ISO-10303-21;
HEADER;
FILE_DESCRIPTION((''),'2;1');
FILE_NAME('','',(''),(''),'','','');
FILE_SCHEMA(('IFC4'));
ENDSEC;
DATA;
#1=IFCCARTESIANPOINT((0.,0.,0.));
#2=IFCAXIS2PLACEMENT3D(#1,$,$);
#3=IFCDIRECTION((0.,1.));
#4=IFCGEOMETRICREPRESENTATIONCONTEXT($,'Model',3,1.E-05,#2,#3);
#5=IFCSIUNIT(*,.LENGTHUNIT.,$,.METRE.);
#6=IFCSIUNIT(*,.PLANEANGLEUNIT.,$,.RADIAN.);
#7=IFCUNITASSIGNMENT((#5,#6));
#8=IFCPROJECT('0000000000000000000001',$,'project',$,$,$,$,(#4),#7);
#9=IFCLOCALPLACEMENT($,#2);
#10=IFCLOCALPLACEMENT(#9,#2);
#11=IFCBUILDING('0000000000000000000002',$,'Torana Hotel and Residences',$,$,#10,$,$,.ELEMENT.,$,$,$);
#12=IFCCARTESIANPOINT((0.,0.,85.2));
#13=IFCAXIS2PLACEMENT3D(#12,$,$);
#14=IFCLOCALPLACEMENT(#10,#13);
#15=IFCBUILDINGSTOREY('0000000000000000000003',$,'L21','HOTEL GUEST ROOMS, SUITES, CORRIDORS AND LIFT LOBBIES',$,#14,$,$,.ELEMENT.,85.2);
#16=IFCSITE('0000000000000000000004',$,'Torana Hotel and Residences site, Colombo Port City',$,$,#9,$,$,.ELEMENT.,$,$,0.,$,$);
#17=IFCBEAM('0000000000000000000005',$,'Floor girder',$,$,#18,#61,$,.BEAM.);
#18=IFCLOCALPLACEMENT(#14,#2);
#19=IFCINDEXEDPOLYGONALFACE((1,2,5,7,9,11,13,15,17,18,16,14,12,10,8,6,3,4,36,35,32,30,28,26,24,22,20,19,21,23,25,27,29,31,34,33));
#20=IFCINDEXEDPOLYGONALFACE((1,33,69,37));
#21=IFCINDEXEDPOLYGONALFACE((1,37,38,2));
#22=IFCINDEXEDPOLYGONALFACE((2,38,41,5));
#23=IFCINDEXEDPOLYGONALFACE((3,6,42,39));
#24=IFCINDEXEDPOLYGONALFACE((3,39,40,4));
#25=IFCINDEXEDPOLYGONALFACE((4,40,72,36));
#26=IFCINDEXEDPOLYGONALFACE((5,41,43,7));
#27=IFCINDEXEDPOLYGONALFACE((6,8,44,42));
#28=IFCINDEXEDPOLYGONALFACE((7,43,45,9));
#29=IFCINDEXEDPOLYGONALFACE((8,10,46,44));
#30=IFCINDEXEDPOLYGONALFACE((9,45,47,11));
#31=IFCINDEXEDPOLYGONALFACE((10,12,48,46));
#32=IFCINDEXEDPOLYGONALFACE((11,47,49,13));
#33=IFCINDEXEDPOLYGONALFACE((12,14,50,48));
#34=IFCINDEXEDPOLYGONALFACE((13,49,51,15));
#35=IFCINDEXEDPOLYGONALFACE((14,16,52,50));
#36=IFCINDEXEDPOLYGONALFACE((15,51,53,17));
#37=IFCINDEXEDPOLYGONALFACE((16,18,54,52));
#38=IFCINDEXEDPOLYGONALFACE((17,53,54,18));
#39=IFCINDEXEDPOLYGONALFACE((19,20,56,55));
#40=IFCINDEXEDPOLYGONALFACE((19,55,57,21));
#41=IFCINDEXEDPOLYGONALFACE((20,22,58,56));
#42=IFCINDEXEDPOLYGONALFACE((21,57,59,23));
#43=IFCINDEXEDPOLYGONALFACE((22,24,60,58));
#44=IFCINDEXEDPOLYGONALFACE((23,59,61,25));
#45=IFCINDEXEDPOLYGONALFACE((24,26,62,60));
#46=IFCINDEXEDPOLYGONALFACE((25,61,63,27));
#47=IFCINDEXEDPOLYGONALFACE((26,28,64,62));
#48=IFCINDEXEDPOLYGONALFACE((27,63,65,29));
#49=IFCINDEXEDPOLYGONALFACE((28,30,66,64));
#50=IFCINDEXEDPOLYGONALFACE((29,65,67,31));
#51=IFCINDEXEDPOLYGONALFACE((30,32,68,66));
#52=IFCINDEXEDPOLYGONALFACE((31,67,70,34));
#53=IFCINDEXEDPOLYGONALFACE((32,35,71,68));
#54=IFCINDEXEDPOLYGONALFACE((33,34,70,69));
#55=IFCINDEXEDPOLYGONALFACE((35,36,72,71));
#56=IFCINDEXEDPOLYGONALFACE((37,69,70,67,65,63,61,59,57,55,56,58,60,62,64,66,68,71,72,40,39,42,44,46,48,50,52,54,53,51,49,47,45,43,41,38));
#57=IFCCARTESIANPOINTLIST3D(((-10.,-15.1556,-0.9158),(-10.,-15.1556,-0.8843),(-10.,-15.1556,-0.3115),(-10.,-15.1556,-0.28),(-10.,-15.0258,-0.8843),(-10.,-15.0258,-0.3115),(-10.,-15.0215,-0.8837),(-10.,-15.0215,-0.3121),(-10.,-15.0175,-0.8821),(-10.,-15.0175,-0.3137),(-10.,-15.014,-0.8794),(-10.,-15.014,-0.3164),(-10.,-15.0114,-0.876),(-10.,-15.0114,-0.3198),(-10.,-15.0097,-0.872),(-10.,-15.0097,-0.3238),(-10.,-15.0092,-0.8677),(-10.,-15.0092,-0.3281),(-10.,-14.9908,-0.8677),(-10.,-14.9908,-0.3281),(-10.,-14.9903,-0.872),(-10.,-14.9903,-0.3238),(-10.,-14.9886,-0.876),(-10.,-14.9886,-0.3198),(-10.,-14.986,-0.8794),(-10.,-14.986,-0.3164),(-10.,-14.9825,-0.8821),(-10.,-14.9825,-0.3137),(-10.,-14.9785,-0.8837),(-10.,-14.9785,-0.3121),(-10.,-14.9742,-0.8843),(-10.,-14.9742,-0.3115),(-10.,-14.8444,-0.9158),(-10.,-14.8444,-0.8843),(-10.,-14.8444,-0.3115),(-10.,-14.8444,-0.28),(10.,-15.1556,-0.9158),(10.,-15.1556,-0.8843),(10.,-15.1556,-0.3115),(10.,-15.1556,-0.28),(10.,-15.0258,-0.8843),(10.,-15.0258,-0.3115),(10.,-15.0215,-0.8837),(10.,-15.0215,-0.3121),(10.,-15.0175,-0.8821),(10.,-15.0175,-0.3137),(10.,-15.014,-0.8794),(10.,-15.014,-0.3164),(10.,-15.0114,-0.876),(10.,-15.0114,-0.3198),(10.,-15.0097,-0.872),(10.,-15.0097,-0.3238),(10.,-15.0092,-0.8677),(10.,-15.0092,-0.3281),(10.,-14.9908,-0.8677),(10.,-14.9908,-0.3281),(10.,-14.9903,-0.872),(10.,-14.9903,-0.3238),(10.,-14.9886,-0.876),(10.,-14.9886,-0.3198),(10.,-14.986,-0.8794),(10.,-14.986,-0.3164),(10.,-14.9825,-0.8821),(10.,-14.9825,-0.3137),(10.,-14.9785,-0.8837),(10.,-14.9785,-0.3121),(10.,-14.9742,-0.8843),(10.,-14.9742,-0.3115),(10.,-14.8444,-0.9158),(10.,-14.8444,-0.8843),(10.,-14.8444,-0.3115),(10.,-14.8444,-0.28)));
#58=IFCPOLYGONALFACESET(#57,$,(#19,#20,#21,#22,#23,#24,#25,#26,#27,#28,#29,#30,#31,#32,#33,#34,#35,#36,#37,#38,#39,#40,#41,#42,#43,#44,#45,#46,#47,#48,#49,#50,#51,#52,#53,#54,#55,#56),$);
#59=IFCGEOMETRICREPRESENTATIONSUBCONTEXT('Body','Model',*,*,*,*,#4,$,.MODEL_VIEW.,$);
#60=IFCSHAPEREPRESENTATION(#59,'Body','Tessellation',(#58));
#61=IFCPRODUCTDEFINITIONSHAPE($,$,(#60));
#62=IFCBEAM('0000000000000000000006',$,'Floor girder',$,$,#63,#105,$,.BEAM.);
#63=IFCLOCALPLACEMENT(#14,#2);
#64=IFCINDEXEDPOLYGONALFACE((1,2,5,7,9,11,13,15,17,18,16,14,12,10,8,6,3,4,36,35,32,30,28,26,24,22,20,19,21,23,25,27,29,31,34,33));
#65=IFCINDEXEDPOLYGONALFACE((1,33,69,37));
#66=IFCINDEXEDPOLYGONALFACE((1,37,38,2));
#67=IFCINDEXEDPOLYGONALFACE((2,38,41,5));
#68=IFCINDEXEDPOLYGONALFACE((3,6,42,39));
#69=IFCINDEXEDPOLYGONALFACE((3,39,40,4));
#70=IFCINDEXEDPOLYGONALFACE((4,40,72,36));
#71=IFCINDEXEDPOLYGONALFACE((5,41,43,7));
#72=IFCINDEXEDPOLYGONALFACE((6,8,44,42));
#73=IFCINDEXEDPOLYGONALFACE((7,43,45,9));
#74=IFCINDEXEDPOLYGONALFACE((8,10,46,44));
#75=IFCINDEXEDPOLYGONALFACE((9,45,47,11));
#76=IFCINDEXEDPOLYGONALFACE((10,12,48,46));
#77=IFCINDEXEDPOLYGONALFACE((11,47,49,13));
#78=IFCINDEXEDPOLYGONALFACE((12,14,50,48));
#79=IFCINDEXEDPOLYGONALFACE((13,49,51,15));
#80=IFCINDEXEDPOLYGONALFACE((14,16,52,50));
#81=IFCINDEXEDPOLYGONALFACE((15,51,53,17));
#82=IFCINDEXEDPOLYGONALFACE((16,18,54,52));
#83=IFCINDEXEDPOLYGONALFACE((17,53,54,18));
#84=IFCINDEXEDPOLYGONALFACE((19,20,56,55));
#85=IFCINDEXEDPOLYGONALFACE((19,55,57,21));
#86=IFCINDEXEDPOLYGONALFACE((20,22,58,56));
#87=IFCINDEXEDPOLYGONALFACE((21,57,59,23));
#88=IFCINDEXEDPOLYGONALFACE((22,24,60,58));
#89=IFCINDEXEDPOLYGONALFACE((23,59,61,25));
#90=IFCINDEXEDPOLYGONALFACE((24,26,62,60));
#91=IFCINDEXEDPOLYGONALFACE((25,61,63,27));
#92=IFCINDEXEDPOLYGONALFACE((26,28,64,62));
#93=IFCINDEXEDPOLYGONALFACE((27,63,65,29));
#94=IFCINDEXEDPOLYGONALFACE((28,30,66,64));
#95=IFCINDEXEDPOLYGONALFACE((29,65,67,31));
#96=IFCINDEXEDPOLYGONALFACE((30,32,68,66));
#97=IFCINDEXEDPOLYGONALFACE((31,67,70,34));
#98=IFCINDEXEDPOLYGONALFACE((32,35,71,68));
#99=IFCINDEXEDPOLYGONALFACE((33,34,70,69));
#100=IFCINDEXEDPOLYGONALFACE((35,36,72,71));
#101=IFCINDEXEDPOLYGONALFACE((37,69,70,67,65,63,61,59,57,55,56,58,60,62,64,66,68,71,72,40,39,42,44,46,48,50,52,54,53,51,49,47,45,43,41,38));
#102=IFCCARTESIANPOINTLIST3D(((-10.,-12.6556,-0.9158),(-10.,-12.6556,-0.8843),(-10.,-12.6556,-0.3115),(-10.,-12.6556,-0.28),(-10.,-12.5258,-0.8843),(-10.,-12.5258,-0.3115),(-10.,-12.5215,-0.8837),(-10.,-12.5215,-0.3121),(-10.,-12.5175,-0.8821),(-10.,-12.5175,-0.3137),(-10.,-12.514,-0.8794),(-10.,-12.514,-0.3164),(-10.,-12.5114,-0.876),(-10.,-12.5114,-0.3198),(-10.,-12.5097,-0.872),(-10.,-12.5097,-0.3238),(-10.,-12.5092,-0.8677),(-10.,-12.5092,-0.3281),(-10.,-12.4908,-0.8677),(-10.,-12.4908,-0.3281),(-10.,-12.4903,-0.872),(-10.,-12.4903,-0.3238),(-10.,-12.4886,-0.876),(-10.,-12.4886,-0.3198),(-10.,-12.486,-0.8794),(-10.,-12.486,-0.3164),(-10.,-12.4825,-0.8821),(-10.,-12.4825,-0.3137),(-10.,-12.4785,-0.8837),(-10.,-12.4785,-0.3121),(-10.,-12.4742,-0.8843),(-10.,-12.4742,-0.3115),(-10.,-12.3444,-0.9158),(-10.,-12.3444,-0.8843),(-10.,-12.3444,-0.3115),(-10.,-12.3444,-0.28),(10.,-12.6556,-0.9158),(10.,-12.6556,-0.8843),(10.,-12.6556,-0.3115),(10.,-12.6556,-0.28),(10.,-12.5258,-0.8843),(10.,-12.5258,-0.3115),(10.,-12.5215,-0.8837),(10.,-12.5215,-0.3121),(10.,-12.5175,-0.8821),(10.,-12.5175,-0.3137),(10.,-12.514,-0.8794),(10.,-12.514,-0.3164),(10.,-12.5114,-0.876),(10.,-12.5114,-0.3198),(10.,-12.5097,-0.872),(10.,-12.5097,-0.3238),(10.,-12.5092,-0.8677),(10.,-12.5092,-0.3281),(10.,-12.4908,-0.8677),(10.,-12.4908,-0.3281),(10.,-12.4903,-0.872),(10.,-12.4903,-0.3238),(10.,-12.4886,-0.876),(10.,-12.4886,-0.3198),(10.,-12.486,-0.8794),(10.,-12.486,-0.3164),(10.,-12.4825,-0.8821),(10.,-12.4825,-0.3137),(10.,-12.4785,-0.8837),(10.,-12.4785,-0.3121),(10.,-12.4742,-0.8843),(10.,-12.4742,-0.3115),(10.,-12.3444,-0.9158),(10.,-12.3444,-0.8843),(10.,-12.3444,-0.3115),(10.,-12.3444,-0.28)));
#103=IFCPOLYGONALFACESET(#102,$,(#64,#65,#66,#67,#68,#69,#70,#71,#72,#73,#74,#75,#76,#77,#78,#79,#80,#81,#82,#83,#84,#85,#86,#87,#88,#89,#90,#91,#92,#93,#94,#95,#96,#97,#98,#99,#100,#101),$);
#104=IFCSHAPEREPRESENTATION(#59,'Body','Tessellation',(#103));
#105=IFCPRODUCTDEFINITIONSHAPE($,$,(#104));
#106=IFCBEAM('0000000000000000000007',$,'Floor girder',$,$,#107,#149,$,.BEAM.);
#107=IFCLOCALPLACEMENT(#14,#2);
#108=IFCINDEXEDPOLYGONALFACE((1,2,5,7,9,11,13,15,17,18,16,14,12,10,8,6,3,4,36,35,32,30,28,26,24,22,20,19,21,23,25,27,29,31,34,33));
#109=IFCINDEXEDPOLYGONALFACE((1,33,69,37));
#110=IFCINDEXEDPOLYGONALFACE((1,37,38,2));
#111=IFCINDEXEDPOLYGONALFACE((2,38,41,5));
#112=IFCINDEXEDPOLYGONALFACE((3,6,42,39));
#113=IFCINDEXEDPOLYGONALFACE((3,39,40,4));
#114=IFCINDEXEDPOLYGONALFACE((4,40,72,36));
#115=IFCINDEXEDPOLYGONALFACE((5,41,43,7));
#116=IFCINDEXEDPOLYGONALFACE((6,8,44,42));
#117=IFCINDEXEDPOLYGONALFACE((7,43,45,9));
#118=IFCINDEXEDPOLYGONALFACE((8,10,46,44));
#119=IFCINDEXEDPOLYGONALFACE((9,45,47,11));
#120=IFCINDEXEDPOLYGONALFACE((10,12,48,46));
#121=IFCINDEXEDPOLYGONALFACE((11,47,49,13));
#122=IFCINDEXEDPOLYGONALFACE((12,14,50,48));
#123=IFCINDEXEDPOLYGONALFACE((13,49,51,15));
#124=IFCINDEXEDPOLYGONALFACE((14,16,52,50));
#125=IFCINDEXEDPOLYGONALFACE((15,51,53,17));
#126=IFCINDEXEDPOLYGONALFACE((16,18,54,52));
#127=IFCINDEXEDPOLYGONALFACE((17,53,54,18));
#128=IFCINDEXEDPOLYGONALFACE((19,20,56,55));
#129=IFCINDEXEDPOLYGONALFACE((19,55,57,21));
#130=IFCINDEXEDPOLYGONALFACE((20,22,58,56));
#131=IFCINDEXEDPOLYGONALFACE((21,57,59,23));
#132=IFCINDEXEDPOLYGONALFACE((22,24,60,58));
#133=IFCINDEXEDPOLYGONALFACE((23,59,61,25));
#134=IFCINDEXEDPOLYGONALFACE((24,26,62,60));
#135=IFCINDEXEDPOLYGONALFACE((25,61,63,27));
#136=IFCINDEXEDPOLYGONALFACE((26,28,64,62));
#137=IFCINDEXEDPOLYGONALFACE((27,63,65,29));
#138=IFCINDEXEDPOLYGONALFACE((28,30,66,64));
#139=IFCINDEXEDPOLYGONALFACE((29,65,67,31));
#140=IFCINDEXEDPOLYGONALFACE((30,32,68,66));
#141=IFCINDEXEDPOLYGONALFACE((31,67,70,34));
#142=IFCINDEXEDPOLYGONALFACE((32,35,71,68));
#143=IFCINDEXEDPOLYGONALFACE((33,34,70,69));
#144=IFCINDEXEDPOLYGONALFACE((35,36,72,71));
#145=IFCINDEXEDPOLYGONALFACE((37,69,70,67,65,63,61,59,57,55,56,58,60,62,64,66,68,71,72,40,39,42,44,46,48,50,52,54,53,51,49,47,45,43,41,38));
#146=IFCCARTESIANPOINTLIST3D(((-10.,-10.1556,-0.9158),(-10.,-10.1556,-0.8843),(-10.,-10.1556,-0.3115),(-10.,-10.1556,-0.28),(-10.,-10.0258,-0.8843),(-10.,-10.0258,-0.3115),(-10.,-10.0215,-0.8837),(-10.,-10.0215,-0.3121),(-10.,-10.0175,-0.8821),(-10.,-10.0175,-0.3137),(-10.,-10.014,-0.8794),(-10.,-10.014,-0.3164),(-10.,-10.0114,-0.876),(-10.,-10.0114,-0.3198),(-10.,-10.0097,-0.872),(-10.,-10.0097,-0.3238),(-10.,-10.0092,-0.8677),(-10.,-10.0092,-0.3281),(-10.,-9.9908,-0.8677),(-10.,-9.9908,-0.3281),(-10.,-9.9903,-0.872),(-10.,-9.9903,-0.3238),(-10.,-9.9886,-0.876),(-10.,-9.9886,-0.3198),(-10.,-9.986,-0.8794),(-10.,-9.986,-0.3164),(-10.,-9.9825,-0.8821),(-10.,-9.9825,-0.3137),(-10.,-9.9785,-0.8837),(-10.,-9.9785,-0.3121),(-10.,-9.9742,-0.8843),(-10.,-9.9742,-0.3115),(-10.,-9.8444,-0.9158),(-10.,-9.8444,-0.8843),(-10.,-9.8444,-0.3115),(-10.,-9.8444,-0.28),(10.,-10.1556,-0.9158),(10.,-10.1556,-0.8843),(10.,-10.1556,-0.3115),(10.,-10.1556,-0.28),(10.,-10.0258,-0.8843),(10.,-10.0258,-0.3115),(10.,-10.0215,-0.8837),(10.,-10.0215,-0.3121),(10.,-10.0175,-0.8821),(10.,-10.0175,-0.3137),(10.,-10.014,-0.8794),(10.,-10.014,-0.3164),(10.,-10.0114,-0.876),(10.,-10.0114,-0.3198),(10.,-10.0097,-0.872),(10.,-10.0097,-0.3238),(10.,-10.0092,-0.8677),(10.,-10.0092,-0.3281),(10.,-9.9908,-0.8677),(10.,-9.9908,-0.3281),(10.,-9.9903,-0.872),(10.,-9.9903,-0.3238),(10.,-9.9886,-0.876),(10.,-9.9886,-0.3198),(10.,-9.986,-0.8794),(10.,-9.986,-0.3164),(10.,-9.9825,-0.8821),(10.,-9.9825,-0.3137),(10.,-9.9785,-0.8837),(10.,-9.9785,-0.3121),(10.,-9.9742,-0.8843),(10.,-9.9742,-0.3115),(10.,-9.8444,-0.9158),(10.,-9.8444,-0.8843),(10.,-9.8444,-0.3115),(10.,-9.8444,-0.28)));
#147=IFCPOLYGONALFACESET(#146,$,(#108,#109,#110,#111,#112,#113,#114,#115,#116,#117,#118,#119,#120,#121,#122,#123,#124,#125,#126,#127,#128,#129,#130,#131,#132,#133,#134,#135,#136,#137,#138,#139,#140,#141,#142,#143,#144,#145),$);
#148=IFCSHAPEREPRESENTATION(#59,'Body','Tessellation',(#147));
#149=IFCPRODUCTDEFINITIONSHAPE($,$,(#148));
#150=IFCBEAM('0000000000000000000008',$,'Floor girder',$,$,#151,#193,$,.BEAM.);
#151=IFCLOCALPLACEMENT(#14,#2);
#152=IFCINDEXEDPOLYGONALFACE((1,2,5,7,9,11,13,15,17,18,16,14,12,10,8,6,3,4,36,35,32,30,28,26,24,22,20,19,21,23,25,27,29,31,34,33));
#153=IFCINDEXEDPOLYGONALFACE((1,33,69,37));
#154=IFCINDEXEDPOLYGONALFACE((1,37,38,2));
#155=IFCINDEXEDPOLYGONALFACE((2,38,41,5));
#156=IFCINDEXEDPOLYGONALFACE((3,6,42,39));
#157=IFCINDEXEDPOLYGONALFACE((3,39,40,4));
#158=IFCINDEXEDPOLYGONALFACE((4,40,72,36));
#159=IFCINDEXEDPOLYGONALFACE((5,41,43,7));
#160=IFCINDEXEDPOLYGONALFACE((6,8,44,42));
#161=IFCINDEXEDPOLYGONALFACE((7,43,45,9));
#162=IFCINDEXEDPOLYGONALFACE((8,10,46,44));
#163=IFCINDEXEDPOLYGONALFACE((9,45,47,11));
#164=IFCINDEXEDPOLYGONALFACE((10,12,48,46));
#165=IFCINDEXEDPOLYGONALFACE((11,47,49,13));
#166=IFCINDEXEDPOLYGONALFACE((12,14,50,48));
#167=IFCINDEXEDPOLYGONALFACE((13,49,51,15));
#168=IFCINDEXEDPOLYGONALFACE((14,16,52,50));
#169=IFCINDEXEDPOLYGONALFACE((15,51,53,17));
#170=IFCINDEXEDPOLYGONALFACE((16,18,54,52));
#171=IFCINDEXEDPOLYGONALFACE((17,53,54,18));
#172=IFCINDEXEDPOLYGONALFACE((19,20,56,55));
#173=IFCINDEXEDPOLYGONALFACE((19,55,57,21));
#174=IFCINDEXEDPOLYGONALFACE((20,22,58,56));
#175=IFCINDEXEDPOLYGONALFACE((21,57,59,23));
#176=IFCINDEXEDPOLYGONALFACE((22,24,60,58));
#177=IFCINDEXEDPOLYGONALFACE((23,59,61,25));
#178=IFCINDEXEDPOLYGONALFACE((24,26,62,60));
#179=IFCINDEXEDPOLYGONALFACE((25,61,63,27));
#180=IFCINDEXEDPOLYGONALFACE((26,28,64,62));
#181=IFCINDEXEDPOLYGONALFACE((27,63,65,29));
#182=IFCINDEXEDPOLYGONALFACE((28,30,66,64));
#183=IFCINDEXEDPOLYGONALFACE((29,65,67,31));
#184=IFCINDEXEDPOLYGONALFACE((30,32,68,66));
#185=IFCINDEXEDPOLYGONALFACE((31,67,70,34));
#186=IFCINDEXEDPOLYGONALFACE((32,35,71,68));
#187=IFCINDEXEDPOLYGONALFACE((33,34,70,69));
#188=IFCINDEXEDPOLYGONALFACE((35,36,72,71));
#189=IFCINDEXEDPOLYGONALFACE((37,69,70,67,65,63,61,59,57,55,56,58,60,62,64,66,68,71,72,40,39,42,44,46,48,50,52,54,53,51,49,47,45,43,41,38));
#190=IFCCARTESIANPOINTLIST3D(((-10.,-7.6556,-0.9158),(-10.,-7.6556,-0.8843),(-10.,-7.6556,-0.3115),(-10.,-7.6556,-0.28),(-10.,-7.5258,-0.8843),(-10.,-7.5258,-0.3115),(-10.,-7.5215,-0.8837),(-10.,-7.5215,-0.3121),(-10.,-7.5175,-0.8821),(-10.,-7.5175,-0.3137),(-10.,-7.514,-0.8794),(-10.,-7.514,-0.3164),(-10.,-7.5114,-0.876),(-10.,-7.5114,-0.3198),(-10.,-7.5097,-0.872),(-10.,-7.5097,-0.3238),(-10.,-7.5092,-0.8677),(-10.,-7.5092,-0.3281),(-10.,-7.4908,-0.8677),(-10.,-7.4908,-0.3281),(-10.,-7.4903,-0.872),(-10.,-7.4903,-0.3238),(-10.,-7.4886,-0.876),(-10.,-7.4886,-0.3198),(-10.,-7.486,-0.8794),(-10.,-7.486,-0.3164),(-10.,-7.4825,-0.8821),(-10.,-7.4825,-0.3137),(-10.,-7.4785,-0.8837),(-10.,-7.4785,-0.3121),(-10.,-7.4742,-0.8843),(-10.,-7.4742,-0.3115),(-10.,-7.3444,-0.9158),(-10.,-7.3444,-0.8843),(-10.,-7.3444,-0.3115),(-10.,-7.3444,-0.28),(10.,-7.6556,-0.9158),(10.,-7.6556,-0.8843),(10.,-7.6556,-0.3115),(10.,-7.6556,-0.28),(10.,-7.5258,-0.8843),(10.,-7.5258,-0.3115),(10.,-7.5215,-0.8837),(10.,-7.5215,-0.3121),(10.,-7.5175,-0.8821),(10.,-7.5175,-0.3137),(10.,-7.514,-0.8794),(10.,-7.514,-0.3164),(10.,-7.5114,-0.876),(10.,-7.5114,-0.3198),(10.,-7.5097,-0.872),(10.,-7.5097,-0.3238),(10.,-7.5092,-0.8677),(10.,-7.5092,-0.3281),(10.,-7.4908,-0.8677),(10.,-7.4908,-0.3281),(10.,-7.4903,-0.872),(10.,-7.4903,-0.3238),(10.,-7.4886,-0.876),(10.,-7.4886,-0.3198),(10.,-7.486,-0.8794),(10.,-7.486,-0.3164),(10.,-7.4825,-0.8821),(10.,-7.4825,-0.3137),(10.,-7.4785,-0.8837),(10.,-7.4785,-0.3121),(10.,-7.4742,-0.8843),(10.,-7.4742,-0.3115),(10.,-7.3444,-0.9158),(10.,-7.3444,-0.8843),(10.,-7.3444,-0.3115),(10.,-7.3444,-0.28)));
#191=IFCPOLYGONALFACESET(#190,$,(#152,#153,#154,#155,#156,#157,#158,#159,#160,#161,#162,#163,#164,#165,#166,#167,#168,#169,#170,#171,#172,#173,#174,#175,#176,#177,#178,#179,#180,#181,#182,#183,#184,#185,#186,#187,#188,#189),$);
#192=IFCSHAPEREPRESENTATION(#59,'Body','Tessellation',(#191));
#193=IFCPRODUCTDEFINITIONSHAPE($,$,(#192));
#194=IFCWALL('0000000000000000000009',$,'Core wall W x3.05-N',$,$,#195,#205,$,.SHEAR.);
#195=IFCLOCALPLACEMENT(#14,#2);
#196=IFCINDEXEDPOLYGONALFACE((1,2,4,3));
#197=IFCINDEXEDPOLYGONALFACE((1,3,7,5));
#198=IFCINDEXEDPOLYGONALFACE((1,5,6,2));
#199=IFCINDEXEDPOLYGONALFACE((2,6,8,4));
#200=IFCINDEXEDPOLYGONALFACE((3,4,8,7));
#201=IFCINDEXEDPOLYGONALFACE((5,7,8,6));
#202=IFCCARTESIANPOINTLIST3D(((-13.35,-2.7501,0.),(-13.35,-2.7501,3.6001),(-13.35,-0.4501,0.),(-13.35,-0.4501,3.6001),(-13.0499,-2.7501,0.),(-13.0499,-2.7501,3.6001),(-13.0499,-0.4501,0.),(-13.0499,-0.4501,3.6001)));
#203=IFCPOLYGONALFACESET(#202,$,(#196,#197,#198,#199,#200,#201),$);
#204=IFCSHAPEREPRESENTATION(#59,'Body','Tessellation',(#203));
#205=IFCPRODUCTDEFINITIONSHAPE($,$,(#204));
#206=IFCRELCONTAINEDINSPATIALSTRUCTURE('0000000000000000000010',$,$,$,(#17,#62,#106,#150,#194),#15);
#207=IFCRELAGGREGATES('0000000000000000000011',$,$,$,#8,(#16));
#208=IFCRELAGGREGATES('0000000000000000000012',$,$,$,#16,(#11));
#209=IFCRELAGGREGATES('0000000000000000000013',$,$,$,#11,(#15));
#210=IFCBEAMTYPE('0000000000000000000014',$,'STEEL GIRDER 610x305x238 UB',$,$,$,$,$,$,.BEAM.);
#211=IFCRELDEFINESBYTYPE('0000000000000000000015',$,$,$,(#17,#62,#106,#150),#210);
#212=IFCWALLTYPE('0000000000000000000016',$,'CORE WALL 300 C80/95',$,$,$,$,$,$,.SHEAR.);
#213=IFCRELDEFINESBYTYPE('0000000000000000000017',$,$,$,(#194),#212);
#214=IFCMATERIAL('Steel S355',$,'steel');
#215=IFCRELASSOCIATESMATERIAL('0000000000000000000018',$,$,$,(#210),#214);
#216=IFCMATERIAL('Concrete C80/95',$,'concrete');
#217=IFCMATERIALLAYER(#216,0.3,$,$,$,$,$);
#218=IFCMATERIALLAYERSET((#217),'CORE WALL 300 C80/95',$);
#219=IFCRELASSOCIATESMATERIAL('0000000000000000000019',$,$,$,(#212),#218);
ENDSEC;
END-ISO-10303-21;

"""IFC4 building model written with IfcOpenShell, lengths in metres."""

from ifc_helpers import new_model, si_unit, direction, frame, frame_2d, origin, origin_2d, place, context, subcontext, project, spatial, rectangle, i_section, extrude, material, layer, layer_set, material_profile, profile_set, type_object, element, save


model = new_model("IFC4")

# Units and contexts
model_context = context("Model", 3, precision=1e-05, world=origin(), true_north=direction((0.0, 1.0)))
body_context = subcontext(model_context, "Body", "Model", "MODEL_VIEW")
ifc_project = project(units=[si_unit("LENGTHUNIT", "METRE"), si_unit("PLANEANGLEUNIT", "RADIAN")], contexts=[model_context])

# Site, building, storey
site_placement = place(None, origin())
site = spatial("IfcSite", under=ifc_project, at=site_placement, Name="Torana Hotel and Residences site, Colombo Port City", CompositionType="ELEMENT", RefElevation=0.0)
building_placement = place(site_placement, origin())
building = spatial("IfcBuilding", under=site, at=building_placement, Name="Torana Hotel and Residences", CompositionType="ELEMENT")
storey_placement = place(building_placement, frame((0.0, 0.0, 85.2)))
storey = spatial("IfcBuildingStorey", under=building, at=storey_placement, Name="L21", Description="HOTEL GUEST ROOMS, SUITES, CORRIDORS AND LIFT LOBBIES", CompositionType="ELEMENT", Elevation=85.2)

# Beams
ifc_material_1 = material(Name="Steel S355", Category="steel")
ifc_material_profile = material_profile(ifc_material_1, i_section(OverallWidth=0.3113, OverallDepth=0.6357, WebThickness=0.0183, FlangeThickness=0.0315, FilletRadius=0.0166, at=origin_2d()), Name="610x305x238 UB")
ifc_profile_set = profile_set([ifc_material_profile], Name="Steel S355")
beam_type = type_object("IfcBeamType", Name="STEEL GIRDER 610x305x238 UB", PredefinedType="BEAM", material=ifc_profile_set)
for number, where, z_axis, x_axis, name in (
    (1, (-10.0, -15.0, -0.5979), (1.0, 0.0, 0.0), (0.0, 1.0, 0.0), "Floor girder"),
    (2, (-10.0, -12.5, -0.5979), (1.0, 0.0, 0.0), (0.0, 1.0, 0.0), "Floor girder"),
    (3, (-10.0, -10.0, -0.5979), (1.0, 0.0, 0.0), (0.0, 1.0, 0.0), "Floor girder"),
    (4, (-10.0, -7.5, -0.5979), (1.0, 0.0, 0.0), (0.0, 1.0, 0.0), "Floor girder"),
):
    element("IfcBeam", number, at=place(storey_placement, frame(where, z_axis=z_axis, x_axis=x_axis)), inside=storey, type_object=beam_type, Name=name, PredefinedType="BEAM", context=body_context, shape_type="SweptSolid", body=[
        extrude(i_section(OverallWidth=0.3113, OverallDepth=0.6357, WebThickness=0.0183, FlangeThickness=0.0315, FilletRadius=0.0166, at=origin_2d()), origin(), (0.0, 0.0, 1.0), 20.0),
    ])

# Wall
ifc_material_2 = material(Name="Concrete C80/95", Category="concrete")
ifc_layer_1 = layer(ifc_material_2, 0.3)
ifc_layer_set_1 = layer_set([ifc_layer_1], Name="CORE WALL 300 C80/95")
wall_type_1 = type_object("IfcWallType", Name="CORE WALL 300 C80/95", PredefinedType="SHEAR", material=ifc_layer_set_1)
for number, where, z_axis, x_axis, name in (
    (5, (-13.2, -2.75, 0.0), (0.0, 0.0, 1.0), (0.0, 1.0, 0.0), "Core wall W x3.05-N"),
):
    element("IfcWall", number, at=place(storey_placement, frame(where, z_axis=z_axis, x_axis=x_axis)), inside=storey, type_object=wall_type_1, Name=name, PredefinedType="SHEAR", context=body_context, shape_type="SweptSolid", body=[
        extrude(rectangle(XDim=2.3, YDim=0.3, at=frame_2d((1.1499, 0.0))), origin(), (0.0, 0.0, 1.0), 3.6001),
    ])

save(model, "model.ifc")
